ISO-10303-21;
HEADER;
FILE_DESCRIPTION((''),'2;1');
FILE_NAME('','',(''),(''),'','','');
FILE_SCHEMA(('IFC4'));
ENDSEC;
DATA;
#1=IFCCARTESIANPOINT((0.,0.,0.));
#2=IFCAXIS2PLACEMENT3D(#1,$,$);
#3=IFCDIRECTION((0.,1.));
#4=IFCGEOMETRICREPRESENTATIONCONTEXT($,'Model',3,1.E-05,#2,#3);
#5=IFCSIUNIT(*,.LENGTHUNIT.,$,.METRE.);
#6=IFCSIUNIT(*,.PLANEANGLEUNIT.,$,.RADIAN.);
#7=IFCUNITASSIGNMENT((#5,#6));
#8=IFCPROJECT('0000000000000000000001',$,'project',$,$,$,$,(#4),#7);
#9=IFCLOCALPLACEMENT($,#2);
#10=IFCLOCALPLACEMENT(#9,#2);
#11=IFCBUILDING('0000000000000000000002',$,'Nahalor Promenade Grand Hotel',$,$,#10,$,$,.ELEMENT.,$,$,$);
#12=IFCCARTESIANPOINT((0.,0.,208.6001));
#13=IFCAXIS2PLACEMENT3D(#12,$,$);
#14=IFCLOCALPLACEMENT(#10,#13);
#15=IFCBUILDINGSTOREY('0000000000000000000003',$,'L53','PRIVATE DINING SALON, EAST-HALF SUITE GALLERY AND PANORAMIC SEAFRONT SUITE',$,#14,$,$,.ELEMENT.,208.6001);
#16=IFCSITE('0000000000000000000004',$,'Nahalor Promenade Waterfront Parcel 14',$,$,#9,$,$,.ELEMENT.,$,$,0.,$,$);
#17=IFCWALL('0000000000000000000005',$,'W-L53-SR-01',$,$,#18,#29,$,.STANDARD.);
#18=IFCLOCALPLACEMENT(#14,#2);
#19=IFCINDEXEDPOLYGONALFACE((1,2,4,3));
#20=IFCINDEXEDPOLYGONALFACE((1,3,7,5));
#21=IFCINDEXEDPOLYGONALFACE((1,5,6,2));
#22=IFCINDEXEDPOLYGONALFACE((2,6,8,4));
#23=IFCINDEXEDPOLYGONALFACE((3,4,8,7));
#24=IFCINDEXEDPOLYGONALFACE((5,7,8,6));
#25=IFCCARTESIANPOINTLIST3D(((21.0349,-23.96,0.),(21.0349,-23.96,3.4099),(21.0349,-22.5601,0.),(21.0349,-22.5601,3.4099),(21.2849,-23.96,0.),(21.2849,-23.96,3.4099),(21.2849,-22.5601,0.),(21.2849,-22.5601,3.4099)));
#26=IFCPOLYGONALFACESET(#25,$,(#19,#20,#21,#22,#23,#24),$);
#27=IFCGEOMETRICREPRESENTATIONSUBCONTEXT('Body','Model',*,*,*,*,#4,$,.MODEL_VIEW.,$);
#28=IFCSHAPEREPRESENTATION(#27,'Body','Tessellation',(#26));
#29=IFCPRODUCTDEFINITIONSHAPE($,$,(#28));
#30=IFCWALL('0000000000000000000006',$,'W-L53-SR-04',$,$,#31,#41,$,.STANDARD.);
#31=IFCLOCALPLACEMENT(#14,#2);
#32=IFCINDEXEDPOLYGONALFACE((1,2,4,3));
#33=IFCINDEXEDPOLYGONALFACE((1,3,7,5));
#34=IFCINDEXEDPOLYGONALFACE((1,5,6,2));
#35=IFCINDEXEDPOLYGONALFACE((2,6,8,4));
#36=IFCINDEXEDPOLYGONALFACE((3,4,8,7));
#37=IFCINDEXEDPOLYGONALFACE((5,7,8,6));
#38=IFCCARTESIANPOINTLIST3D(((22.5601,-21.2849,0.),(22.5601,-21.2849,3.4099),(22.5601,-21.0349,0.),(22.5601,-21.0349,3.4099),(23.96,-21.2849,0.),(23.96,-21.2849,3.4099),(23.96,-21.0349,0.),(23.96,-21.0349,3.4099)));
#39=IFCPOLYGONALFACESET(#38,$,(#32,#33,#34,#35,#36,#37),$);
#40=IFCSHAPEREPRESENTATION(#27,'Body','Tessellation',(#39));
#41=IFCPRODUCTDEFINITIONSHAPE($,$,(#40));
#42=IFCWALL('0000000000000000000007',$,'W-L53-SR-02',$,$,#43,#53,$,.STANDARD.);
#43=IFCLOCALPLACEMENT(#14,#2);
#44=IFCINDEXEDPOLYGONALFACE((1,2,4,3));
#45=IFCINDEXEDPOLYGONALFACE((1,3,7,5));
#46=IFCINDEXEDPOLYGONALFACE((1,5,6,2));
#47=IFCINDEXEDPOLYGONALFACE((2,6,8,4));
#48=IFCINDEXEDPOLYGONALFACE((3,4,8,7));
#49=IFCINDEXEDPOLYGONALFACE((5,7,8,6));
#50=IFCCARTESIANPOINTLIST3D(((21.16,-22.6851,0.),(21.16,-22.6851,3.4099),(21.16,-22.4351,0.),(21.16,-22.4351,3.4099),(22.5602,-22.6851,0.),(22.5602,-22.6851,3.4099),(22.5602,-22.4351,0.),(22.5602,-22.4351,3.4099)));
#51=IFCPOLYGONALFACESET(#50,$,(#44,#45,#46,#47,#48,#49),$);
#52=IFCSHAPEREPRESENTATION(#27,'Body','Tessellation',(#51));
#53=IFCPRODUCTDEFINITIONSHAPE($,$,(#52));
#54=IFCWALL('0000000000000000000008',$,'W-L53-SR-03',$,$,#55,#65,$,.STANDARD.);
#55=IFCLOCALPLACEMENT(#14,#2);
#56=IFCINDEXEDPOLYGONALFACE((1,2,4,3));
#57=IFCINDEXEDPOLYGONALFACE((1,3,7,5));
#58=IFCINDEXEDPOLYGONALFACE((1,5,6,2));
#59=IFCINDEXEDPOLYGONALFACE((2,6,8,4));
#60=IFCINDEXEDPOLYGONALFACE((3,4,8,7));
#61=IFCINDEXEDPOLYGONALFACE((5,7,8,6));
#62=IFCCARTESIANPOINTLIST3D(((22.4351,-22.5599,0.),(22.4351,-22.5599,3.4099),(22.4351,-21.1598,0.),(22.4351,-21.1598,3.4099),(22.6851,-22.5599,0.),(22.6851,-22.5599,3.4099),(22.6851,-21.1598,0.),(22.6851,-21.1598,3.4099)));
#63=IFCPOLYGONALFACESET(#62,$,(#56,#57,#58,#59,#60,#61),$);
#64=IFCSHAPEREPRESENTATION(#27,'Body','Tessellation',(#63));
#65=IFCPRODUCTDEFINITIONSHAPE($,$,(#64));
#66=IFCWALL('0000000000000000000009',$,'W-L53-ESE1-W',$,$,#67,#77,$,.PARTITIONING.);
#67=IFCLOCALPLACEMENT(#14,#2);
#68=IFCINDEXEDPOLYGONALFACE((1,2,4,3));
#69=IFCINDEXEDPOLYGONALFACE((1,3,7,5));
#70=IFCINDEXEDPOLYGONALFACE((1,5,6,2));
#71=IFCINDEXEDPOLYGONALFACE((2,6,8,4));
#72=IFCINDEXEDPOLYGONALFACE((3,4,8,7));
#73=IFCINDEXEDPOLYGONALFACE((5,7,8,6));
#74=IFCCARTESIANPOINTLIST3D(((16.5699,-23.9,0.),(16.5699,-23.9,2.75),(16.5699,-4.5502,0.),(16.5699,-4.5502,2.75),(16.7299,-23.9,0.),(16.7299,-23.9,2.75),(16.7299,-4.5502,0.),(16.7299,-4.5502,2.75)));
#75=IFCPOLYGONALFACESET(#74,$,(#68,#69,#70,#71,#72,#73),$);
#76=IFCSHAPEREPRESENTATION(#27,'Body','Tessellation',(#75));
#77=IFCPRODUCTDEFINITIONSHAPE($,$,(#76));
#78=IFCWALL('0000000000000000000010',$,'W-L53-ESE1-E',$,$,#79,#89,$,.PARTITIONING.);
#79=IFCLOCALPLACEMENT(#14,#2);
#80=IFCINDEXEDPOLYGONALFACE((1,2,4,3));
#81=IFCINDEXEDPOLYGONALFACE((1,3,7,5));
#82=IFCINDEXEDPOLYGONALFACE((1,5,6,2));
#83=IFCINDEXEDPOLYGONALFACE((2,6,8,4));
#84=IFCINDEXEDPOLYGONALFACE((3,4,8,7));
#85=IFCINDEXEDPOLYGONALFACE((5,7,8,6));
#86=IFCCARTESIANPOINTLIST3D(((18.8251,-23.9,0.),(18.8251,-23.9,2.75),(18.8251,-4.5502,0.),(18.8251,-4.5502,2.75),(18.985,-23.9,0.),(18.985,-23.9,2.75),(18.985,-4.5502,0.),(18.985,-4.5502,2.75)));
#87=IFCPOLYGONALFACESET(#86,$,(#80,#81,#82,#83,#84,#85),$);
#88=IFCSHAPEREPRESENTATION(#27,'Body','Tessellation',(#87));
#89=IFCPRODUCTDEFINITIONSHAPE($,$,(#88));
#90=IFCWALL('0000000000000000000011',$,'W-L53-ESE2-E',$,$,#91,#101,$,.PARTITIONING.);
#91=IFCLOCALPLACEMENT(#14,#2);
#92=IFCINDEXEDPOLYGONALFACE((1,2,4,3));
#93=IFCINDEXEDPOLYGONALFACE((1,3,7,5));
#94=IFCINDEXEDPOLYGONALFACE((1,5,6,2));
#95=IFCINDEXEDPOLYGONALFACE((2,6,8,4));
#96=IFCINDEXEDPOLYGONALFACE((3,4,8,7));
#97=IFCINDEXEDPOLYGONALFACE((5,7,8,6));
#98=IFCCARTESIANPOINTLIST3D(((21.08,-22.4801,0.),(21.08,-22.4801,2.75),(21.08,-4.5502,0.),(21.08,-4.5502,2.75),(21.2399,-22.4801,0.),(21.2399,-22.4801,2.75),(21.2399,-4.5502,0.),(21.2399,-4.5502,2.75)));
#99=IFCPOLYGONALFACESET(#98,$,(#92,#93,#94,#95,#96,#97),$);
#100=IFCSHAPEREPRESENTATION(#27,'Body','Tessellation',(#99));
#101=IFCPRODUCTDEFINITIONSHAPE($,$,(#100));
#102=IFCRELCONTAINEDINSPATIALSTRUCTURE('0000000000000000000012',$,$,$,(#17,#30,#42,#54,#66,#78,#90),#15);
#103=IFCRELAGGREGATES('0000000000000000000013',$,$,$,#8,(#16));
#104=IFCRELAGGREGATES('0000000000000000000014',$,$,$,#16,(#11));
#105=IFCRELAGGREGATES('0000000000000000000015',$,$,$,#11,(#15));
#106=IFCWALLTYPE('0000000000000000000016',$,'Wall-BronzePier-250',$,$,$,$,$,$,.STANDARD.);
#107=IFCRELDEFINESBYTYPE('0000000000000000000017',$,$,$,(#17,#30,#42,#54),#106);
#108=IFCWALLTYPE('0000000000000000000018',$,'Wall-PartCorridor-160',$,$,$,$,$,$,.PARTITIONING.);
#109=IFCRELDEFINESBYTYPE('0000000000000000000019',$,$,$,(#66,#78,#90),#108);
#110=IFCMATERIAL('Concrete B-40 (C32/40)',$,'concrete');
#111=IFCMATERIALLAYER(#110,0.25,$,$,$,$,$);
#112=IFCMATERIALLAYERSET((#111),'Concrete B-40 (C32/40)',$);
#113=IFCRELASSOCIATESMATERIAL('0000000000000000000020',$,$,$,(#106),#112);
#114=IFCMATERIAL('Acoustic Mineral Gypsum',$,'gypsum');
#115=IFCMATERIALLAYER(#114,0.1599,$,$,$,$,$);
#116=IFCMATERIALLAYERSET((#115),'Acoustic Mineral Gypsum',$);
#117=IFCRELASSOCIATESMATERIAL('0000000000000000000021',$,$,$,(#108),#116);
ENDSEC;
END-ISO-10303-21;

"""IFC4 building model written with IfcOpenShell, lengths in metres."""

from ifc_helpers import new_model, si_unit, direction, frame, frame_2d, origin, place, context, subcontext, project, spatial, rectangle, extrude, source, transform, mapped, material, layer, layer_set, type_object, element, save


model = new_model("IFC4")

# Units and contexts
model_context = context("Model", 3, precision=1e-05, world=origin(), true_north=direction((0.0, 1.0)))
body_context = subcontext(model_context, "Body", "Model", "MODEL_VIEW")
ifc_project = project(units=[si_unit("LENGTHUNIT", "METRE"), si_unit("PLANEANGLEUNIT", "RADIAN")], contexts=[model_context])

# Site, building, storey
site_placement = place(None, origin())
site = spatial("IfcSite", under=ifc_project, at=site_placement, Name="Nahalor Promenade Waterfront Parcel 14", CompositionType="ELEMENT", RefElevation=0.0)
building_placement = place(site_placement, origin())
building = spatial("IfcBuilding", under=site, at=building_placement, Name="Nahalor Promenade Grand Hotel", CompositionType="ELEMENT")
storey_placement = place(building_placement, frame((0.0, 0.0, 208.6001)))
storey = spatial("IfcBuildingStorey", under=building, at=storey_placement, Name="L53", Description="PRIVATE DINING SALON, EAST-HALF SUITE GALLERY AND PANORAMIC SEAFRONT SUITE", CompositionType="ELEMENT", Elevation=208.6001)

# Walls
ifc_material_1 = material(Name="Concrete B-40 (C32/40)", Category="concrete")
ifc_layer_1 = layer(ifc_material_1, 0.25)
ifc_layer_set_1 = layer_set([ifc_layer_1], Name="Concrete B-40 (C32/40)")
wall_type_1 = type_object("IfcWallType", Name="Wall-BronzePier-250", PredefinedType="STANDARD", material=ifc_layer_set_1)
shared_shape_1 = source(origin(), body_context, "Body", "SweptSolid", [
    extrude(rectangle(XDim=1.3999, YDim=0.25, at=frame_2d((0.7, 0.0))), origin(), (0.0, 0.0, 1.0), 3.4099),
])
for number, where, z_axis, x_axis, name in (
    (1, (21.1599, -23.96, 0.0), (0.0, 0.0, 1.0), (0.0, 1.0, 0.0), "W-L53-SR-01"),
    (2, (22.5601, -21.1599, 0.0), (0.0, 0.0, 1.0), (1.0, 0.0, 0.0), "W-L53-SR-04"),
):
    element("IfcWall", number, at=place(storey_placement, frame(where, z_axis=z_axis, x_axis=x_axis)), inside=storey, type_object=wall_type_1, Name=name, PredefinedType="STANDARD", context=body_context, shape_type="MappedRepresentation", body=[
        mapped(shared_shape_1, transform((0.0, 0.0, 0.0), scale=1.0)),
    ])
shared_shape_2 = source(origin(), body_context, "Body", "SweptSolid", [
    extrude(rectangle(XDim=1.4001, YDim=0.25, at=frame_2d((0.7002, 0.0))), origin(), (0.0, 0.0, 1.0), 3.4099),
])
for number, where, z_axis, x_axis, name in (
    (3, (21.1599, -22.5601, 0.0), (0.0, 0.0, 1.0), (1.0, 0.0, 0.0), "W-L53-SR-02"),
    (4, (22.5601, -22.5601, 0.0), (0.0, 0.0, 1.0), (0.0, 1.0, 0.0), "W-L53-SR-03"),
):
    element("IfcWall", number, at=place(storey_placement, frame(where, z_axis=z_axis, x_axis=x_axis)), inside=storey, type_object=wall_type_1, Name=name, PredefinedType="STANDARD", context=body_context, shape_type="MappedRepresentation", body=[
        mapped(shared_shape_2, transform((0.0, 0.0, 0.0), scale=1.0)),
    ])
ifc_material_2 = material(Name="Acoustic Mineral Gypsum", Category="gypsum")
ifc_layer_2 = layer(ifc_material_2, 0.1599)
ifc_layer_set_2 = layer_set([ifc_layer_2], Name="Acoustic Mineral Gypsum")
wall_type_2 = type_object("IfcWallType", Name="Wall-PartCorridor-160", PredefinedType="PARTITIONING", material=ifc_layer_set_2)
shared_shape_3 = source(origin(), body_context, "Body", "SweptSolid", [
    extrude(rectangle(XDim=19.3499, YDim=0.1599, at=frame_2d((9.6748, 0.0))), origin(), (0.0, 0.0, 1.0), 2.75),
])
for number, where, z_axis, x_axis, name in (
    (5, (16.6499, -23.8999, 0.0), (0.0, 0.0, 1.0), (0.0, 1.0, 0.0), "W-L53-ESE1-W"),
    (6, (18.905, -23.8999, 0.0), (0.0, 0.0, 1.0), (0.0, 1.0, 0.0), "W-L53-ESE1-E"),
):
    element("IfcWall", number, at=place(storey_placement, frame(where, z_axis=z_axis, x_axis=x_axis)), inside=storey, type_object=wall_type_2, Name=name, PredefinedType="PARTITIONING", context=body_context, shape_type="MappedRepresentation", body=[
        mapped(shared_shape_3, transform((0.0, 0.0, 0.0), scale=1.0)),
    ])
shared_shape_4 = source(origin(), body_context, "Body", "SweptSolid", [
    extrude(rectangle(XDim=17.9299, YDim=0.1599, at=frame_2d((8.9648, 0.0))), origin(), (0.0, 0.0, 1.0), 2.75),
])
wall_1_placement = place(storey_placement, frame((21.1599, -22.48, 0.0), z_axis=(0.0, 0.0, 1.0), x_axis=(0.0, 1.0, 0.0)))
element("IfcWall", 7, at=wall_1_placement, inside=storey, type_object=wall_type_2, Name="W-L53-ESE2-E", PredefinedType="PARTITIONING", context=body_context, shape_type="MappedRepresentation", body=[
    mapped(shared_shape_4, transform((0.0, 0.0, 0.0), scale=1.0)),
])

save(model, "model.ifc")
